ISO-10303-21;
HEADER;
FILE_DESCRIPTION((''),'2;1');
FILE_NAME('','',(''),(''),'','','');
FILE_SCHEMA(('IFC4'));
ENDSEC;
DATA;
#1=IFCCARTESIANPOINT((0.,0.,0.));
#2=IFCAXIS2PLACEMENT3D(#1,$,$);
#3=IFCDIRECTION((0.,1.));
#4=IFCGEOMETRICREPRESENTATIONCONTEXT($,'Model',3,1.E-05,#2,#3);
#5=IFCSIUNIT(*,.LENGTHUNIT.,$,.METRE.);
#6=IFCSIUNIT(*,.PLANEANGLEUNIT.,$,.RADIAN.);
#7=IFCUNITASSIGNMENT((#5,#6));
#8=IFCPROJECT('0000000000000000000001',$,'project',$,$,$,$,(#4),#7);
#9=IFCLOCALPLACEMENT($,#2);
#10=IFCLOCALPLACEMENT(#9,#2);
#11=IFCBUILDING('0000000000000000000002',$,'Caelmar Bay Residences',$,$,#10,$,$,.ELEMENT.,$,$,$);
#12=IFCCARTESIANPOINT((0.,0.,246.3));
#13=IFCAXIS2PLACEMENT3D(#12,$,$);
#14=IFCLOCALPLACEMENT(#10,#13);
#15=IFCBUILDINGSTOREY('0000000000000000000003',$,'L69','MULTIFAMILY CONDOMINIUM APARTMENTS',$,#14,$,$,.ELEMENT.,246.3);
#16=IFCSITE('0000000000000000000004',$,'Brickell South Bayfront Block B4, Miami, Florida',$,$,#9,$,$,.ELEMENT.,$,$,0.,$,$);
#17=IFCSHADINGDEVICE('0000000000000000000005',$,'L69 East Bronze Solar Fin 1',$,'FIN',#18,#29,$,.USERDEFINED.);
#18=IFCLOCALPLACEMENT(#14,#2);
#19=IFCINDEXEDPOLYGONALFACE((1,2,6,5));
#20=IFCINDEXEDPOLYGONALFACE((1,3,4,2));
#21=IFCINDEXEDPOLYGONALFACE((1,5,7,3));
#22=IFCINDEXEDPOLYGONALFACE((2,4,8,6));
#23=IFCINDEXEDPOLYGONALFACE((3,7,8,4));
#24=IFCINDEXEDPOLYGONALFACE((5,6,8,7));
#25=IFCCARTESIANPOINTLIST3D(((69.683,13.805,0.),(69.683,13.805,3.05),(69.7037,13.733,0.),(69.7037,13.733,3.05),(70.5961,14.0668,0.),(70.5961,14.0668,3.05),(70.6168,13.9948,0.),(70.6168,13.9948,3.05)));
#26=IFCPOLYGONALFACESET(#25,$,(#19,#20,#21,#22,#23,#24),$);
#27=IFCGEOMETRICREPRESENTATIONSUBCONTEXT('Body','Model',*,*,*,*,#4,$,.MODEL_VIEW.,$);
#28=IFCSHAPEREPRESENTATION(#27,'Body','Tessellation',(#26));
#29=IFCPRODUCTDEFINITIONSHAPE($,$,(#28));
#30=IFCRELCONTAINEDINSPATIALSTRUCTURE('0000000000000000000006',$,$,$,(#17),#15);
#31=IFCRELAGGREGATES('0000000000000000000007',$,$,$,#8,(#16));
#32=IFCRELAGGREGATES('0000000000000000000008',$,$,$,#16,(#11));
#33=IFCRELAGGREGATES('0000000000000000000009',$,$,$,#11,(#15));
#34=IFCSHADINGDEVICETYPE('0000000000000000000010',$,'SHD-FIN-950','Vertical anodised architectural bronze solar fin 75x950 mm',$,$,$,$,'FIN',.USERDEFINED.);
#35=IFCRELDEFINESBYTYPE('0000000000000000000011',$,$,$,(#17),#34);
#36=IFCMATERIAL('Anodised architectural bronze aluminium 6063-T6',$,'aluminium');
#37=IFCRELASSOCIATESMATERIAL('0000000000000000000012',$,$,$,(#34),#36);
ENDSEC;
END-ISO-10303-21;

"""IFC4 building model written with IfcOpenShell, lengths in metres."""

from ifc_helpers import new_model, si_unit, direction, frame, origin, origin_2d, place, context, subcontext, project, spatial, rectangle, extrude, material, material_profile, profile_set, type_object, element, save


model = new_model("IFC4")

# Units and contexts
model_context = context("Model", 3, precision=1e-05, world=origin(), true_north=direction((0.0, 1.0)))
body_context = subcontext(model_context, "Body", "Model", "MODEL_VIEW")
ifc_project = project(units=[si_unit("LENGTHUNIT", "METRE"), si_unit("PLANEANGLEUNIT", "RADIAN")], contexts=[model_context])

# Site, building, storey
site_placement = place(None, origin())
site = spatial("IfcSite", under=ifc_project, at=site_placement, Name="Brickell South Bayfront Block B4, Miami, Florida", CompositionType="ELEMENT", RefElevation=0.0)
building_placement = place(site_placement, origin())
building = spatial("IfcBuilding", under=site, at=building_placement, Name="Caelmar Bay Residences", CompositionType="ELEMENT")
storey_placement = place(building_placement, frame((0.0, 0.0, 246.3)))
storey = spatial("IfcBuildingStorey", under=building, at=storey_placement, Name="L69", Description="MULTIFAMILY CONDOMINIUM APARTMENTS", CompositionType="ELEMENT", Elevation=246.3)

# Shading device
ifc_material_1 = material(Name="Anodised architectural bronze aluminium 6063-T6", Category="aluminium")
ifc_material_profile_1 = material_profile(ifc_material_1, rectangle(XDim=0.075, YDim=0.95, at=origin_2d()), Name="BRONZE-FIN-75X950")
ifc_profile_set_1 = profile_set([ifc_material_profile_1], Name="Anodised architectural bronze aluminium 6063-T6")
shading_device_type = type_object("IfcShadingDeviceType", Name="SHD-FIN-950", Description="Vertical anodised architectural bronze solar fin 75x950 mm", ElementType="FIN", PredefinedType="USERDEFINED", material=ifc_profile_set_1)
shading_device_placement = place(storey_placement, frame((70.1499, 13.8999, 0.0), z_axis=(0.0, 0.0, 1.0), x_axis=(-0.275637, 0.961262, 0.0)))
element("IfcShadingDevice", 1, at=shading_device_placement, inside=storey, type_object=shading_device_type, Name="L69 East Bronze Solar Fin 1", ObjectType="FIN", PredefinedType="USERDEFINED", context=body_context, shape_type="SweptSolid", body=[
    extrude(rectangle(XDim=0.075, YDim=0.95, at=origin_2d()), origin(), (0.0, 0.0, 1.0), 3.05),
])

save(model, "model.ifc")
